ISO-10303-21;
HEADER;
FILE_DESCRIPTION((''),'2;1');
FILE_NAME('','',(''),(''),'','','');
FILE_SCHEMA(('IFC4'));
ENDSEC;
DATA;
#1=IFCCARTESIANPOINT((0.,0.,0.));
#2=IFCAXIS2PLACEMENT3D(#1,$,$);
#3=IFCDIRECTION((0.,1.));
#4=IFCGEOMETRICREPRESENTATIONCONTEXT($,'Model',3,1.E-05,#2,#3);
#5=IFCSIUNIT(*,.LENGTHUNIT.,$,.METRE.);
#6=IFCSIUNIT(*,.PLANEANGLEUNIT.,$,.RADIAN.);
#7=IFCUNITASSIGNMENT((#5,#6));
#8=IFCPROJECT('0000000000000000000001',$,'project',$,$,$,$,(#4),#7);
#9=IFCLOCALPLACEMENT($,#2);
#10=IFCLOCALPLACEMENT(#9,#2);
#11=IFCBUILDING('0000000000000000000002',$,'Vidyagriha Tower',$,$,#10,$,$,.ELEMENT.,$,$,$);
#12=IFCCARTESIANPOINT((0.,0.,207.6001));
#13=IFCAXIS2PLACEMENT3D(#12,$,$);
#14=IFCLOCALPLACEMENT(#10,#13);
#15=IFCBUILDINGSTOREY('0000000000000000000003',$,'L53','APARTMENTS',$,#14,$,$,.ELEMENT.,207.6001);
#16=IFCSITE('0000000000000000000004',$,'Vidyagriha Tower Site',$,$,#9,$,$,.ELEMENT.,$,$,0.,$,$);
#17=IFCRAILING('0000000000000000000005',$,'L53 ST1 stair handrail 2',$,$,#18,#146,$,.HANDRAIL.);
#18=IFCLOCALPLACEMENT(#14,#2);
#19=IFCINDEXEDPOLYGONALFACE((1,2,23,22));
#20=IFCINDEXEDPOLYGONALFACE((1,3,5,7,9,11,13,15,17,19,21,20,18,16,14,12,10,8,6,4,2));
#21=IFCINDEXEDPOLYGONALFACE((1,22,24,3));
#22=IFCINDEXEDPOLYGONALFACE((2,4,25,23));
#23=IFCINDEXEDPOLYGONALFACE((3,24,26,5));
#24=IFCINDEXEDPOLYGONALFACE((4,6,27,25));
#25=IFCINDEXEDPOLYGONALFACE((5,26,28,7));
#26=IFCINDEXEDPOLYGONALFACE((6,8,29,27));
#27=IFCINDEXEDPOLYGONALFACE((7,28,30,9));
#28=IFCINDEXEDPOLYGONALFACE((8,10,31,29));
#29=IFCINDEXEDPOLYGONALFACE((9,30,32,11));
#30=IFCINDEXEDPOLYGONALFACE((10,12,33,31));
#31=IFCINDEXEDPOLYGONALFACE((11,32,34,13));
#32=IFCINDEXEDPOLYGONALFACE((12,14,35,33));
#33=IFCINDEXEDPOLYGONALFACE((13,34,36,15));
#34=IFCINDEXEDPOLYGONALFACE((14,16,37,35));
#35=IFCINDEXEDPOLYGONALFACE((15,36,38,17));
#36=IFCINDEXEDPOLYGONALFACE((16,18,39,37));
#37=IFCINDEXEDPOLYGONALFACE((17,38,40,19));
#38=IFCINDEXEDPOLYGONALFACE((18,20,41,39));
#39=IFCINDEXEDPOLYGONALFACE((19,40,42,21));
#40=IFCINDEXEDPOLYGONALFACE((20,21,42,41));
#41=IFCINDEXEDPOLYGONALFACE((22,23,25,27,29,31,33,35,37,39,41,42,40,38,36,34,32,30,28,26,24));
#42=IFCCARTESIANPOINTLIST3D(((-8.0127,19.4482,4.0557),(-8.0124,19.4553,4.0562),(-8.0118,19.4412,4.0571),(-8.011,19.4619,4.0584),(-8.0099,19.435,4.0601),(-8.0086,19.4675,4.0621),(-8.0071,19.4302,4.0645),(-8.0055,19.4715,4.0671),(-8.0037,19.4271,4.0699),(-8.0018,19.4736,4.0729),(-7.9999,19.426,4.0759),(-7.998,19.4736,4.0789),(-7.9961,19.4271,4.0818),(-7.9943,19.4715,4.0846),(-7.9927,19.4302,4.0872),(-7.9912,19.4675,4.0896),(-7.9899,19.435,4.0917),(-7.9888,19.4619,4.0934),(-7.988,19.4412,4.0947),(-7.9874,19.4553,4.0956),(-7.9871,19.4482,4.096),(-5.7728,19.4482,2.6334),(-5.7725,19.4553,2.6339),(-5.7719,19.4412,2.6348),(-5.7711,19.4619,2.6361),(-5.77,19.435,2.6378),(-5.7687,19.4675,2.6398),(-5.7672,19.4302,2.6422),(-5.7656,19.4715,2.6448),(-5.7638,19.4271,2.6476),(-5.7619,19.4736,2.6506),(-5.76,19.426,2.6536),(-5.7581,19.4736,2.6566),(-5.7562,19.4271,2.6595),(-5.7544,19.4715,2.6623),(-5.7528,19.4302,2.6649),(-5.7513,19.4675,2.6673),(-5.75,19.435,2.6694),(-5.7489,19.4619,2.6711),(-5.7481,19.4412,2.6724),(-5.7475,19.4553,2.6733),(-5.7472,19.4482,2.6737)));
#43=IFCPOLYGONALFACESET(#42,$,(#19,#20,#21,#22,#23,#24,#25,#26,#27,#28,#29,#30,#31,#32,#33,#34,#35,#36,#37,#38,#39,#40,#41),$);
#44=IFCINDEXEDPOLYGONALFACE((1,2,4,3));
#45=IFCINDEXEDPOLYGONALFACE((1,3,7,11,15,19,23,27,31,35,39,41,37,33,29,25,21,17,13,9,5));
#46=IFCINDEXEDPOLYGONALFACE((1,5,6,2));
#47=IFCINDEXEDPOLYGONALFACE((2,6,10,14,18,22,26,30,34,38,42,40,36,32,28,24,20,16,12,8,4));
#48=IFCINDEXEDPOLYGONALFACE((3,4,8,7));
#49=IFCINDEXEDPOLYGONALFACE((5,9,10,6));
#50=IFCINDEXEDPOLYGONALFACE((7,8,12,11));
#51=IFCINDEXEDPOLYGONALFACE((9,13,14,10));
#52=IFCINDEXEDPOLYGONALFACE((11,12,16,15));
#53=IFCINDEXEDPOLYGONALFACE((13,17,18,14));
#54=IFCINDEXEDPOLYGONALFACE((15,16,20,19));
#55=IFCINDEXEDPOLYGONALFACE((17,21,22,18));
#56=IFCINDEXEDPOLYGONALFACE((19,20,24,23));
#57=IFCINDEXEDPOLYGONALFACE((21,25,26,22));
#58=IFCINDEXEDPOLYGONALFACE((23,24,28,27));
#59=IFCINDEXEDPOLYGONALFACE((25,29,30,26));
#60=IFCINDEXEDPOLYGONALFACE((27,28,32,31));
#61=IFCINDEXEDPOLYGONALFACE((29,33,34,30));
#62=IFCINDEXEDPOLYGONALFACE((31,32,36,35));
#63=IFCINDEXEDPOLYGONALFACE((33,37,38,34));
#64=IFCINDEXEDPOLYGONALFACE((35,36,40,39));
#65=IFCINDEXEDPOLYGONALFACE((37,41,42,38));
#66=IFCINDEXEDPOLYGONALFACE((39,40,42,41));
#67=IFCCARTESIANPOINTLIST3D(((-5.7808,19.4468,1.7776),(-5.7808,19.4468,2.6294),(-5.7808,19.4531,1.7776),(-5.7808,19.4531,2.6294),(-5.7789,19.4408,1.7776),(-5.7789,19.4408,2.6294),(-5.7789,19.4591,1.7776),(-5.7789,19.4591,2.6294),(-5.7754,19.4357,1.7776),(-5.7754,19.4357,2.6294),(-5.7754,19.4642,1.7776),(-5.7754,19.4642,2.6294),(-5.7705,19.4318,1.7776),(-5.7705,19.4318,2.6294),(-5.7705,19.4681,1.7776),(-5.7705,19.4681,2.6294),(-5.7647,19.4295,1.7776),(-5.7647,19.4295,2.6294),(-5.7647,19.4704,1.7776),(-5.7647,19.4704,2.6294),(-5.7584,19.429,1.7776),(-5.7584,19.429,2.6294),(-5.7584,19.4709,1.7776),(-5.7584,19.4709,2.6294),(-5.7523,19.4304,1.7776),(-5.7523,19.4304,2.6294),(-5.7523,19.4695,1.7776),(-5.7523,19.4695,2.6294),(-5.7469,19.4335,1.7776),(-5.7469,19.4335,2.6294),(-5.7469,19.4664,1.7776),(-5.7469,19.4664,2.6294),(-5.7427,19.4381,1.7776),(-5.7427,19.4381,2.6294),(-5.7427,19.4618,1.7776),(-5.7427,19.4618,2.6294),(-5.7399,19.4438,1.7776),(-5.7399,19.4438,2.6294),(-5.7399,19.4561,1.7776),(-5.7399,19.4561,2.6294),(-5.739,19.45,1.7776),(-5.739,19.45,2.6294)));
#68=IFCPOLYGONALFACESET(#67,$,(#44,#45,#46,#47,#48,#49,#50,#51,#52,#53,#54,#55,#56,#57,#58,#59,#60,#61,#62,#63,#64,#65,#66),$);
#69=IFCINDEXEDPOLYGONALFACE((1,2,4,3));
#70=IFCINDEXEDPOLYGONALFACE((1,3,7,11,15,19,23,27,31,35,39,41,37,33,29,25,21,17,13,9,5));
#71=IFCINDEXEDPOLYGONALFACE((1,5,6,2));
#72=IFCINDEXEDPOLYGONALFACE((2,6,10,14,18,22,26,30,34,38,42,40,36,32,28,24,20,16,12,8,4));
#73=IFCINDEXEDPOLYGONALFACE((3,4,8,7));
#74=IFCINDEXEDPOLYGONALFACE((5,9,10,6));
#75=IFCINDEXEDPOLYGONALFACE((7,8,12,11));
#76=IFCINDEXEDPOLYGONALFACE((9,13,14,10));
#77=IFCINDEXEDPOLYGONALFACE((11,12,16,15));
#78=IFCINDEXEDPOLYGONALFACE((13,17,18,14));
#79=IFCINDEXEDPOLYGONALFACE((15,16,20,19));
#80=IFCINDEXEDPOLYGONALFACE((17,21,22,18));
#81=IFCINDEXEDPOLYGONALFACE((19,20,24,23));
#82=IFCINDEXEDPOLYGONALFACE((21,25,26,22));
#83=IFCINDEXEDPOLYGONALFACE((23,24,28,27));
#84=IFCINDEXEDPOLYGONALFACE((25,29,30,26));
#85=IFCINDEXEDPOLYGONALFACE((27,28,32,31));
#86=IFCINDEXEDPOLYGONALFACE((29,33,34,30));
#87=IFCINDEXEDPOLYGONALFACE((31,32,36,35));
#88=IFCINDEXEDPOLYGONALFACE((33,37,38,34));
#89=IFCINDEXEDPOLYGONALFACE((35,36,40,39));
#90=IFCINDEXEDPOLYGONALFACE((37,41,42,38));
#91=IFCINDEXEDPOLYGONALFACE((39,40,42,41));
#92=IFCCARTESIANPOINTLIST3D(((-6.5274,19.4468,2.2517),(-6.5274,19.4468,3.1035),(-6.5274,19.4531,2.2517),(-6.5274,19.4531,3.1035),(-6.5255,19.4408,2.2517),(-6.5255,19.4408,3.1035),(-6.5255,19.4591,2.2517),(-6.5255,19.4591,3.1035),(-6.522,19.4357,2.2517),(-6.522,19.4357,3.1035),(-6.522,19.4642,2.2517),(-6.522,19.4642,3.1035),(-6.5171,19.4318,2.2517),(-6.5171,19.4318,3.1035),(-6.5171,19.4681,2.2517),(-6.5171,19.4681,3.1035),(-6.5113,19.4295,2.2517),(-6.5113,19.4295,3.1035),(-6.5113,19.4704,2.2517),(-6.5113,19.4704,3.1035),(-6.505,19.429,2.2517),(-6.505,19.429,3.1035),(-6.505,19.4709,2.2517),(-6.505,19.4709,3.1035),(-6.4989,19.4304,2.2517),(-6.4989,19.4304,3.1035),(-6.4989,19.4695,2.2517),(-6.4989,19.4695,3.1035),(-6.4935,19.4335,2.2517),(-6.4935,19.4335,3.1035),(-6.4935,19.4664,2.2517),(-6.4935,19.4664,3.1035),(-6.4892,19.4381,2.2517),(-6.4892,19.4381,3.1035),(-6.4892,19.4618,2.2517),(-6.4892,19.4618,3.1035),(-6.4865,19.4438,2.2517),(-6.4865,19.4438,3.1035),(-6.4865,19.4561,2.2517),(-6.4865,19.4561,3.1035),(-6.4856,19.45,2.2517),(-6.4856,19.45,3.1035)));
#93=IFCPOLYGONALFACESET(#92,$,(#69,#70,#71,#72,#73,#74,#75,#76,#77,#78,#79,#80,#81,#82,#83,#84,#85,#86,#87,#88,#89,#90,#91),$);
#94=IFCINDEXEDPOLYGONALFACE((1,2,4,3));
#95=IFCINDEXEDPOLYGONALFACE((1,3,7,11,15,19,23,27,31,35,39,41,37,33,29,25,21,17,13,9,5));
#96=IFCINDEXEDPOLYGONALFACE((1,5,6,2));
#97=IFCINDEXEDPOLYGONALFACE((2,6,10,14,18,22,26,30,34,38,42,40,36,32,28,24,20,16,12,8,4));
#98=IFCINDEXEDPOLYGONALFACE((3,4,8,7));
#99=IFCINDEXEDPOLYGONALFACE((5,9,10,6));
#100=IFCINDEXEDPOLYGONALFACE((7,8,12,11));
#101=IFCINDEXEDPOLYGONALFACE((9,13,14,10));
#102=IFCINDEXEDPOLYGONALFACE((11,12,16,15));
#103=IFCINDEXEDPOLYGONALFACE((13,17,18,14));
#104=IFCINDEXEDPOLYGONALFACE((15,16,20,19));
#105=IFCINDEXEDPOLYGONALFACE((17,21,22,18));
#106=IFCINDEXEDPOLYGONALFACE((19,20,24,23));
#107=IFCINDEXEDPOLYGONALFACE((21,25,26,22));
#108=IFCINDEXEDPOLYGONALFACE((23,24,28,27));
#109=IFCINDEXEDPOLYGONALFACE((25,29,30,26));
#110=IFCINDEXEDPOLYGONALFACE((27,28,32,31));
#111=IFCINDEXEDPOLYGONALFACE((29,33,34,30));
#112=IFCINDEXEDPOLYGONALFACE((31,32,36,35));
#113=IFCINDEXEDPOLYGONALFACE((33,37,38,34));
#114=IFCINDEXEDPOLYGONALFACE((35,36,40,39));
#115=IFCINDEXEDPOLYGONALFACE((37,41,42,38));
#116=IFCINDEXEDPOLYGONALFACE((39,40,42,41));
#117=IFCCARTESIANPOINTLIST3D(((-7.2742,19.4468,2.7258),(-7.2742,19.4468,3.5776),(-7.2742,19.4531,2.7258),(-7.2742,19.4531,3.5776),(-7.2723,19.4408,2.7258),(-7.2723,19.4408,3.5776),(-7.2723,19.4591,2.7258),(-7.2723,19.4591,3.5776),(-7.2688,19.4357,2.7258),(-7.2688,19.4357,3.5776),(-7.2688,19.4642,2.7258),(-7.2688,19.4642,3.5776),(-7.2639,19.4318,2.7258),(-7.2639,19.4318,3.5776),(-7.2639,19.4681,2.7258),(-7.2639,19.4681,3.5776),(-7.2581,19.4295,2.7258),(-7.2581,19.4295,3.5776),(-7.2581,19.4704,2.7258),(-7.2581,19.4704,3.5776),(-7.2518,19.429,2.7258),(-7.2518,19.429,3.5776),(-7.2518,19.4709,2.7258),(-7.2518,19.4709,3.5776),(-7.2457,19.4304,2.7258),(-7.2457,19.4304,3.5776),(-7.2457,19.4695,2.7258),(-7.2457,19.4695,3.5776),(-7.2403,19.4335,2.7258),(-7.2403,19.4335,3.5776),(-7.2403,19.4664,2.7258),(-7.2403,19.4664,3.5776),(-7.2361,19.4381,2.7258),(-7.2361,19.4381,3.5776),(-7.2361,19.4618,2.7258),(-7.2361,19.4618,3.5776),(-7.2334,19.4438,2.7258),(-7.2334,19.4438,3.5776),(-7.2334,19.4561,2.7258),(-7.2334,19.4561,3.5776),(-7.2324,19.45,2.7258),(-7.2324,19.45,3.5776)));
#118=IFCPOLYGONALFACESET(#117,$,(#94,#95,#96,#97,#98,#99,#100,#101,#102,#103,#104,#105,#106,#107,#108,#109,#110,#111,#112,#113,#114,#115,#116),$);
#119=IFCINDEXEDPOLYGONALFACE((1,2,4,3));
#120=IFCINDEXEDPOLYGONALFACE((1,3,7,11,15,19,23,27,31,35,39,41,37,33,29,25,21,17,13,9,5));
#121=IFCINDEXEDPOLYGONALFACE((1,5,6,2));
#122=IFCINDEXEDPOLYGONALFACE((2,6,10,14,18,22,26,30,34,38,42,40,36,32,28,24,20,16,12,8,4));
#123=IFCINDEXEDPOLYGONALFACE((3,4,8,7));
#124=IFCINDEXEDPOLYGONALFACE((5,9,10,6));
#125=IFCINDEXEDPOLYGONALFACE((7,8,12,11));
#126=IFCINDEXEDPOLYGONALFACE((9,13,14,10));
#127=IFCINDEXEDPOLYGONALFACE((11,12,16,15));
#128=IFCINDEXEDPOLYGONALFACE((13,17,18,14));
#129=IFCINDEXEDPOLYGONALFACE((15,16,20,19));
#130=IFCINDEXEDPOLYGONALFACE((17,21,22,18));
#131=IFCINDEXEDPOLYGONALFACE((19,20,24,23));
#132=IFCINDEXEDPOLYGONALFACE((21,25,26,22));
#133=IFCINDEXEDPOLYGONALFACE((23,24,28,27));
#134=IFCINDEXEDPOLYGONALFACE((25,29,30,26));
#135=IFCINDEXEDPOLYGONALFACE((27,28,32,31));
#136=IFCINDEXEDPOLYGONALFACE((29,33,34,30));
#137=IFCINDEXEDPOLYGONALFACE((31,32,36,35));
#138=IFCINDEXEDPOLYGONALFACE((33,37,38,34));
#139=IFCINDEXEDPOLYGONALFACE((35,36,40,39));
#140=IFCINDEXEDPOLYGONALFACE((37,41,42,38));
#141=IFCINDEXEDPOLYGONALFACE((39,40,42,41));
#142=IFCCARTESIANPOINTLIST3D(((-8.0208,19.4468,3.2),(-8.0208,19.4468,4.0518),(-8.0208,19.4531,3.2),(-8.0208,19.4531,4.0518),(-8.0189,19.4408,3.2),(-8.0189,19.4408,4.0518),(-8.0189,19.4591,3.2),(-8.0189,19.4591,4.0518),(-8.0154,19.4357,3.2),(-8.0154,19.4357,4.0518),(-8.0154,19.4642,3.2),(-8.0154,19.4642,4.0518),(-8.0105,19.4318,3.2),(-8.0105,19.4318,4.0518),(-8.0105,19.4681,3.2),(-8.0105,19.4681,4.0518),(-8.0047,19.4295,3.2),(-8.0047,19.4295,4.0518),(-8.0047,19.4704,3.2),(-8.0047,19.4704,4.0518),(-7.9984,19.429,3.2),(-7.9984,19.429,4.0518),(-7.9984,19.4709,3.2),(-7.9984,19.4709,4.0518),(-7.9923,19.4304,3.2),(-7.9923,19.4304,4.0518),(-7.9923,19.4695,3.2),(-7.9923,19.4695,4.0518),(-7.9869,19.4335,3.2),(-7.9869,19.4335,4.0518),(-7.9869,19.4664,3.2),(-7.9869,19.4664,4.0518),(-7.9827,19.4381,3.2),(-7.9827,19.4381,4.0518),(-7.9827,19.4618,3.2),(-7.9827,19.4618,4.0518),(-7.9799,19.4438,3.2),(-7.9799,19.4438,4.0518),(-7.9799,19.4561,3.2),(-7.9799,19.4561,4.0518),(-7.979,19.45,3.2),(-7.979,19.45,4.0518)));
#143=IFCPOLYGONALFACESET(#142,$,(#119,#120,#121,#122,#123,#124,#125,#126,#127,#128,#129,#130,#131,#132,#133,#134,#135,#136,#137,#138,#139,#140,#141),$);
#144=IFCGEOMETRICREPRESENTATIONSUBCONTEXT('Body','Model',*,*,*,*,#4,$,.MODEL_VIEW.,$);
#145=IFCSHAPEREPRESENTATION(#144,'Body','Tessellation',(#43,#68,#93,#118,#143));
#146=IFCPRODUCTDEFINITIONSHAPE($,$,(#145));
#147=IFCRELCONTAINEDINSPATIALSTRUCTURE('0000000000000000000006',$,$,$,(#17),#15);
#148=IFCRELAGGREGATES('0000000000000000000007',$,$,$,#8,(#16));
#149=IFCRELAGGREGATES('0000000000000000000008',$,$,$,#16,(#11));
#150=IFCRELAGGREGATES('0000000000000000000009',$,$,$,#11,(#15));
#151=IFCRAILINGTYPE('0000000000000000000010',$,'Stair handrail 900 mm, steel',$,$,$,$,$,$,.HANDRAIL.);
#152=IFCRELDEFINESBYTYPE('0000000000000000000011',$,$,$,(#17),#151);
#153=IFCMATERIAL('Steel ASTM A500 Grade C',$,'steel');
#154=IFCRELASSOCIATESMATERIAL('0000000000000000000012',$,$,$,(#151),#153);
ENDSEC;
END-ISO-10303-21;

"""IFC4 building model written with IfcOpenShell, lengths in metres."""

from ifc_helpers import new_model, si_unit, direction, frame, origin, origin_2d, place, context, subcontext, project, spatial, circle, extrude, material, type_object, element, save


model = new_model("IFC4")

# Units and contexts
model_context = context("Model", 3, precision=1e-05, world=origin(), true_north=direction((0.0, 1.0)))
body_context = subcontext(model_context, "Body", "Model", "MODEL_VIEW")
ifc_project = project(units=[si_unit("LENGTHUNIT", "METRE"), si_unit("PLANEANGLEUNIT", "RADIAN")], contexts=[model_context])

# Site, building, storey
site_placement = place(None, origin())
site = spatial("IfcSite", under=ifc_project, at=site_placement, Name="Vidyagriha Tower Site", CompositionType="ELEMENT", RefElevation=0.0)
building_placement = place(site_placement, origin())
building = spatial("IfcBuilding", under=site, at=building_placement, Name="Vidyagriha Tower", CompositionType="ELEMENT")
storey_placement = place(building_placement, frame((0.0, 0.0, 207.6001)))
storey = spatial("IfcBuildingStorey", under=building, at=storey_placement, Name="L53", Description="APARTMENTS", CompositionType="ELEMENT", Elevation=207.6001)

# Railing
ifc_material_1 = material(Name="Steel ASTM A500 Grade C", Category="steel")
railing_type_1 = type_object("IfcRailingType", Name="Stair handrail 900 mm, steel", PredefinedType="HANDRAIL", material=ifc_material_1)
railing_1_placement = place(storey_placement, frame((-5.76, 19.45, 1.7776)))
element("IfcRailing", 1, at=railing_1_placement, inside=storey, type_object=railing_type_1, Name="L53 ST1 stair handrail 2", PredefinedType="HANDRAIL", context=body_context, shape_type="SweptSolid", body=[
    extrude(circle(Radius=0.0239, at=origin_2d()), frame((0.0, 0.0, 0.876), z_axis=(-0.844188, 0.0, 0.536048), x_axis=(0.0, -1.0, 0.0)), (0.0, 0.0, 1.0), 2.6533),
    extrude(circle(Radius=0.021, at=origin_2d()), origin(), (0.0, 0.0, 1.0), 0.8518),
    extrude(circle(Radius=0.021, at=origin_2d()), frame((-0.7466, 0.0, 0.4741)), (0.0, 0.0, 1.0), 0.8518),
    extrude(circle(Radius=0.021, at=origin_2d()), frame((-1.4934, 0.0, 0.9482)), (0.0, 0.0, 1.0), 0.8518),
    extrude(circle(Radius=0.021, at=origin_2d()), frame((-2.24, 0.0, 1.4224)), (0.0, 0.0, 1.0), 0.8518),
])

save(model, "model.ifc")
